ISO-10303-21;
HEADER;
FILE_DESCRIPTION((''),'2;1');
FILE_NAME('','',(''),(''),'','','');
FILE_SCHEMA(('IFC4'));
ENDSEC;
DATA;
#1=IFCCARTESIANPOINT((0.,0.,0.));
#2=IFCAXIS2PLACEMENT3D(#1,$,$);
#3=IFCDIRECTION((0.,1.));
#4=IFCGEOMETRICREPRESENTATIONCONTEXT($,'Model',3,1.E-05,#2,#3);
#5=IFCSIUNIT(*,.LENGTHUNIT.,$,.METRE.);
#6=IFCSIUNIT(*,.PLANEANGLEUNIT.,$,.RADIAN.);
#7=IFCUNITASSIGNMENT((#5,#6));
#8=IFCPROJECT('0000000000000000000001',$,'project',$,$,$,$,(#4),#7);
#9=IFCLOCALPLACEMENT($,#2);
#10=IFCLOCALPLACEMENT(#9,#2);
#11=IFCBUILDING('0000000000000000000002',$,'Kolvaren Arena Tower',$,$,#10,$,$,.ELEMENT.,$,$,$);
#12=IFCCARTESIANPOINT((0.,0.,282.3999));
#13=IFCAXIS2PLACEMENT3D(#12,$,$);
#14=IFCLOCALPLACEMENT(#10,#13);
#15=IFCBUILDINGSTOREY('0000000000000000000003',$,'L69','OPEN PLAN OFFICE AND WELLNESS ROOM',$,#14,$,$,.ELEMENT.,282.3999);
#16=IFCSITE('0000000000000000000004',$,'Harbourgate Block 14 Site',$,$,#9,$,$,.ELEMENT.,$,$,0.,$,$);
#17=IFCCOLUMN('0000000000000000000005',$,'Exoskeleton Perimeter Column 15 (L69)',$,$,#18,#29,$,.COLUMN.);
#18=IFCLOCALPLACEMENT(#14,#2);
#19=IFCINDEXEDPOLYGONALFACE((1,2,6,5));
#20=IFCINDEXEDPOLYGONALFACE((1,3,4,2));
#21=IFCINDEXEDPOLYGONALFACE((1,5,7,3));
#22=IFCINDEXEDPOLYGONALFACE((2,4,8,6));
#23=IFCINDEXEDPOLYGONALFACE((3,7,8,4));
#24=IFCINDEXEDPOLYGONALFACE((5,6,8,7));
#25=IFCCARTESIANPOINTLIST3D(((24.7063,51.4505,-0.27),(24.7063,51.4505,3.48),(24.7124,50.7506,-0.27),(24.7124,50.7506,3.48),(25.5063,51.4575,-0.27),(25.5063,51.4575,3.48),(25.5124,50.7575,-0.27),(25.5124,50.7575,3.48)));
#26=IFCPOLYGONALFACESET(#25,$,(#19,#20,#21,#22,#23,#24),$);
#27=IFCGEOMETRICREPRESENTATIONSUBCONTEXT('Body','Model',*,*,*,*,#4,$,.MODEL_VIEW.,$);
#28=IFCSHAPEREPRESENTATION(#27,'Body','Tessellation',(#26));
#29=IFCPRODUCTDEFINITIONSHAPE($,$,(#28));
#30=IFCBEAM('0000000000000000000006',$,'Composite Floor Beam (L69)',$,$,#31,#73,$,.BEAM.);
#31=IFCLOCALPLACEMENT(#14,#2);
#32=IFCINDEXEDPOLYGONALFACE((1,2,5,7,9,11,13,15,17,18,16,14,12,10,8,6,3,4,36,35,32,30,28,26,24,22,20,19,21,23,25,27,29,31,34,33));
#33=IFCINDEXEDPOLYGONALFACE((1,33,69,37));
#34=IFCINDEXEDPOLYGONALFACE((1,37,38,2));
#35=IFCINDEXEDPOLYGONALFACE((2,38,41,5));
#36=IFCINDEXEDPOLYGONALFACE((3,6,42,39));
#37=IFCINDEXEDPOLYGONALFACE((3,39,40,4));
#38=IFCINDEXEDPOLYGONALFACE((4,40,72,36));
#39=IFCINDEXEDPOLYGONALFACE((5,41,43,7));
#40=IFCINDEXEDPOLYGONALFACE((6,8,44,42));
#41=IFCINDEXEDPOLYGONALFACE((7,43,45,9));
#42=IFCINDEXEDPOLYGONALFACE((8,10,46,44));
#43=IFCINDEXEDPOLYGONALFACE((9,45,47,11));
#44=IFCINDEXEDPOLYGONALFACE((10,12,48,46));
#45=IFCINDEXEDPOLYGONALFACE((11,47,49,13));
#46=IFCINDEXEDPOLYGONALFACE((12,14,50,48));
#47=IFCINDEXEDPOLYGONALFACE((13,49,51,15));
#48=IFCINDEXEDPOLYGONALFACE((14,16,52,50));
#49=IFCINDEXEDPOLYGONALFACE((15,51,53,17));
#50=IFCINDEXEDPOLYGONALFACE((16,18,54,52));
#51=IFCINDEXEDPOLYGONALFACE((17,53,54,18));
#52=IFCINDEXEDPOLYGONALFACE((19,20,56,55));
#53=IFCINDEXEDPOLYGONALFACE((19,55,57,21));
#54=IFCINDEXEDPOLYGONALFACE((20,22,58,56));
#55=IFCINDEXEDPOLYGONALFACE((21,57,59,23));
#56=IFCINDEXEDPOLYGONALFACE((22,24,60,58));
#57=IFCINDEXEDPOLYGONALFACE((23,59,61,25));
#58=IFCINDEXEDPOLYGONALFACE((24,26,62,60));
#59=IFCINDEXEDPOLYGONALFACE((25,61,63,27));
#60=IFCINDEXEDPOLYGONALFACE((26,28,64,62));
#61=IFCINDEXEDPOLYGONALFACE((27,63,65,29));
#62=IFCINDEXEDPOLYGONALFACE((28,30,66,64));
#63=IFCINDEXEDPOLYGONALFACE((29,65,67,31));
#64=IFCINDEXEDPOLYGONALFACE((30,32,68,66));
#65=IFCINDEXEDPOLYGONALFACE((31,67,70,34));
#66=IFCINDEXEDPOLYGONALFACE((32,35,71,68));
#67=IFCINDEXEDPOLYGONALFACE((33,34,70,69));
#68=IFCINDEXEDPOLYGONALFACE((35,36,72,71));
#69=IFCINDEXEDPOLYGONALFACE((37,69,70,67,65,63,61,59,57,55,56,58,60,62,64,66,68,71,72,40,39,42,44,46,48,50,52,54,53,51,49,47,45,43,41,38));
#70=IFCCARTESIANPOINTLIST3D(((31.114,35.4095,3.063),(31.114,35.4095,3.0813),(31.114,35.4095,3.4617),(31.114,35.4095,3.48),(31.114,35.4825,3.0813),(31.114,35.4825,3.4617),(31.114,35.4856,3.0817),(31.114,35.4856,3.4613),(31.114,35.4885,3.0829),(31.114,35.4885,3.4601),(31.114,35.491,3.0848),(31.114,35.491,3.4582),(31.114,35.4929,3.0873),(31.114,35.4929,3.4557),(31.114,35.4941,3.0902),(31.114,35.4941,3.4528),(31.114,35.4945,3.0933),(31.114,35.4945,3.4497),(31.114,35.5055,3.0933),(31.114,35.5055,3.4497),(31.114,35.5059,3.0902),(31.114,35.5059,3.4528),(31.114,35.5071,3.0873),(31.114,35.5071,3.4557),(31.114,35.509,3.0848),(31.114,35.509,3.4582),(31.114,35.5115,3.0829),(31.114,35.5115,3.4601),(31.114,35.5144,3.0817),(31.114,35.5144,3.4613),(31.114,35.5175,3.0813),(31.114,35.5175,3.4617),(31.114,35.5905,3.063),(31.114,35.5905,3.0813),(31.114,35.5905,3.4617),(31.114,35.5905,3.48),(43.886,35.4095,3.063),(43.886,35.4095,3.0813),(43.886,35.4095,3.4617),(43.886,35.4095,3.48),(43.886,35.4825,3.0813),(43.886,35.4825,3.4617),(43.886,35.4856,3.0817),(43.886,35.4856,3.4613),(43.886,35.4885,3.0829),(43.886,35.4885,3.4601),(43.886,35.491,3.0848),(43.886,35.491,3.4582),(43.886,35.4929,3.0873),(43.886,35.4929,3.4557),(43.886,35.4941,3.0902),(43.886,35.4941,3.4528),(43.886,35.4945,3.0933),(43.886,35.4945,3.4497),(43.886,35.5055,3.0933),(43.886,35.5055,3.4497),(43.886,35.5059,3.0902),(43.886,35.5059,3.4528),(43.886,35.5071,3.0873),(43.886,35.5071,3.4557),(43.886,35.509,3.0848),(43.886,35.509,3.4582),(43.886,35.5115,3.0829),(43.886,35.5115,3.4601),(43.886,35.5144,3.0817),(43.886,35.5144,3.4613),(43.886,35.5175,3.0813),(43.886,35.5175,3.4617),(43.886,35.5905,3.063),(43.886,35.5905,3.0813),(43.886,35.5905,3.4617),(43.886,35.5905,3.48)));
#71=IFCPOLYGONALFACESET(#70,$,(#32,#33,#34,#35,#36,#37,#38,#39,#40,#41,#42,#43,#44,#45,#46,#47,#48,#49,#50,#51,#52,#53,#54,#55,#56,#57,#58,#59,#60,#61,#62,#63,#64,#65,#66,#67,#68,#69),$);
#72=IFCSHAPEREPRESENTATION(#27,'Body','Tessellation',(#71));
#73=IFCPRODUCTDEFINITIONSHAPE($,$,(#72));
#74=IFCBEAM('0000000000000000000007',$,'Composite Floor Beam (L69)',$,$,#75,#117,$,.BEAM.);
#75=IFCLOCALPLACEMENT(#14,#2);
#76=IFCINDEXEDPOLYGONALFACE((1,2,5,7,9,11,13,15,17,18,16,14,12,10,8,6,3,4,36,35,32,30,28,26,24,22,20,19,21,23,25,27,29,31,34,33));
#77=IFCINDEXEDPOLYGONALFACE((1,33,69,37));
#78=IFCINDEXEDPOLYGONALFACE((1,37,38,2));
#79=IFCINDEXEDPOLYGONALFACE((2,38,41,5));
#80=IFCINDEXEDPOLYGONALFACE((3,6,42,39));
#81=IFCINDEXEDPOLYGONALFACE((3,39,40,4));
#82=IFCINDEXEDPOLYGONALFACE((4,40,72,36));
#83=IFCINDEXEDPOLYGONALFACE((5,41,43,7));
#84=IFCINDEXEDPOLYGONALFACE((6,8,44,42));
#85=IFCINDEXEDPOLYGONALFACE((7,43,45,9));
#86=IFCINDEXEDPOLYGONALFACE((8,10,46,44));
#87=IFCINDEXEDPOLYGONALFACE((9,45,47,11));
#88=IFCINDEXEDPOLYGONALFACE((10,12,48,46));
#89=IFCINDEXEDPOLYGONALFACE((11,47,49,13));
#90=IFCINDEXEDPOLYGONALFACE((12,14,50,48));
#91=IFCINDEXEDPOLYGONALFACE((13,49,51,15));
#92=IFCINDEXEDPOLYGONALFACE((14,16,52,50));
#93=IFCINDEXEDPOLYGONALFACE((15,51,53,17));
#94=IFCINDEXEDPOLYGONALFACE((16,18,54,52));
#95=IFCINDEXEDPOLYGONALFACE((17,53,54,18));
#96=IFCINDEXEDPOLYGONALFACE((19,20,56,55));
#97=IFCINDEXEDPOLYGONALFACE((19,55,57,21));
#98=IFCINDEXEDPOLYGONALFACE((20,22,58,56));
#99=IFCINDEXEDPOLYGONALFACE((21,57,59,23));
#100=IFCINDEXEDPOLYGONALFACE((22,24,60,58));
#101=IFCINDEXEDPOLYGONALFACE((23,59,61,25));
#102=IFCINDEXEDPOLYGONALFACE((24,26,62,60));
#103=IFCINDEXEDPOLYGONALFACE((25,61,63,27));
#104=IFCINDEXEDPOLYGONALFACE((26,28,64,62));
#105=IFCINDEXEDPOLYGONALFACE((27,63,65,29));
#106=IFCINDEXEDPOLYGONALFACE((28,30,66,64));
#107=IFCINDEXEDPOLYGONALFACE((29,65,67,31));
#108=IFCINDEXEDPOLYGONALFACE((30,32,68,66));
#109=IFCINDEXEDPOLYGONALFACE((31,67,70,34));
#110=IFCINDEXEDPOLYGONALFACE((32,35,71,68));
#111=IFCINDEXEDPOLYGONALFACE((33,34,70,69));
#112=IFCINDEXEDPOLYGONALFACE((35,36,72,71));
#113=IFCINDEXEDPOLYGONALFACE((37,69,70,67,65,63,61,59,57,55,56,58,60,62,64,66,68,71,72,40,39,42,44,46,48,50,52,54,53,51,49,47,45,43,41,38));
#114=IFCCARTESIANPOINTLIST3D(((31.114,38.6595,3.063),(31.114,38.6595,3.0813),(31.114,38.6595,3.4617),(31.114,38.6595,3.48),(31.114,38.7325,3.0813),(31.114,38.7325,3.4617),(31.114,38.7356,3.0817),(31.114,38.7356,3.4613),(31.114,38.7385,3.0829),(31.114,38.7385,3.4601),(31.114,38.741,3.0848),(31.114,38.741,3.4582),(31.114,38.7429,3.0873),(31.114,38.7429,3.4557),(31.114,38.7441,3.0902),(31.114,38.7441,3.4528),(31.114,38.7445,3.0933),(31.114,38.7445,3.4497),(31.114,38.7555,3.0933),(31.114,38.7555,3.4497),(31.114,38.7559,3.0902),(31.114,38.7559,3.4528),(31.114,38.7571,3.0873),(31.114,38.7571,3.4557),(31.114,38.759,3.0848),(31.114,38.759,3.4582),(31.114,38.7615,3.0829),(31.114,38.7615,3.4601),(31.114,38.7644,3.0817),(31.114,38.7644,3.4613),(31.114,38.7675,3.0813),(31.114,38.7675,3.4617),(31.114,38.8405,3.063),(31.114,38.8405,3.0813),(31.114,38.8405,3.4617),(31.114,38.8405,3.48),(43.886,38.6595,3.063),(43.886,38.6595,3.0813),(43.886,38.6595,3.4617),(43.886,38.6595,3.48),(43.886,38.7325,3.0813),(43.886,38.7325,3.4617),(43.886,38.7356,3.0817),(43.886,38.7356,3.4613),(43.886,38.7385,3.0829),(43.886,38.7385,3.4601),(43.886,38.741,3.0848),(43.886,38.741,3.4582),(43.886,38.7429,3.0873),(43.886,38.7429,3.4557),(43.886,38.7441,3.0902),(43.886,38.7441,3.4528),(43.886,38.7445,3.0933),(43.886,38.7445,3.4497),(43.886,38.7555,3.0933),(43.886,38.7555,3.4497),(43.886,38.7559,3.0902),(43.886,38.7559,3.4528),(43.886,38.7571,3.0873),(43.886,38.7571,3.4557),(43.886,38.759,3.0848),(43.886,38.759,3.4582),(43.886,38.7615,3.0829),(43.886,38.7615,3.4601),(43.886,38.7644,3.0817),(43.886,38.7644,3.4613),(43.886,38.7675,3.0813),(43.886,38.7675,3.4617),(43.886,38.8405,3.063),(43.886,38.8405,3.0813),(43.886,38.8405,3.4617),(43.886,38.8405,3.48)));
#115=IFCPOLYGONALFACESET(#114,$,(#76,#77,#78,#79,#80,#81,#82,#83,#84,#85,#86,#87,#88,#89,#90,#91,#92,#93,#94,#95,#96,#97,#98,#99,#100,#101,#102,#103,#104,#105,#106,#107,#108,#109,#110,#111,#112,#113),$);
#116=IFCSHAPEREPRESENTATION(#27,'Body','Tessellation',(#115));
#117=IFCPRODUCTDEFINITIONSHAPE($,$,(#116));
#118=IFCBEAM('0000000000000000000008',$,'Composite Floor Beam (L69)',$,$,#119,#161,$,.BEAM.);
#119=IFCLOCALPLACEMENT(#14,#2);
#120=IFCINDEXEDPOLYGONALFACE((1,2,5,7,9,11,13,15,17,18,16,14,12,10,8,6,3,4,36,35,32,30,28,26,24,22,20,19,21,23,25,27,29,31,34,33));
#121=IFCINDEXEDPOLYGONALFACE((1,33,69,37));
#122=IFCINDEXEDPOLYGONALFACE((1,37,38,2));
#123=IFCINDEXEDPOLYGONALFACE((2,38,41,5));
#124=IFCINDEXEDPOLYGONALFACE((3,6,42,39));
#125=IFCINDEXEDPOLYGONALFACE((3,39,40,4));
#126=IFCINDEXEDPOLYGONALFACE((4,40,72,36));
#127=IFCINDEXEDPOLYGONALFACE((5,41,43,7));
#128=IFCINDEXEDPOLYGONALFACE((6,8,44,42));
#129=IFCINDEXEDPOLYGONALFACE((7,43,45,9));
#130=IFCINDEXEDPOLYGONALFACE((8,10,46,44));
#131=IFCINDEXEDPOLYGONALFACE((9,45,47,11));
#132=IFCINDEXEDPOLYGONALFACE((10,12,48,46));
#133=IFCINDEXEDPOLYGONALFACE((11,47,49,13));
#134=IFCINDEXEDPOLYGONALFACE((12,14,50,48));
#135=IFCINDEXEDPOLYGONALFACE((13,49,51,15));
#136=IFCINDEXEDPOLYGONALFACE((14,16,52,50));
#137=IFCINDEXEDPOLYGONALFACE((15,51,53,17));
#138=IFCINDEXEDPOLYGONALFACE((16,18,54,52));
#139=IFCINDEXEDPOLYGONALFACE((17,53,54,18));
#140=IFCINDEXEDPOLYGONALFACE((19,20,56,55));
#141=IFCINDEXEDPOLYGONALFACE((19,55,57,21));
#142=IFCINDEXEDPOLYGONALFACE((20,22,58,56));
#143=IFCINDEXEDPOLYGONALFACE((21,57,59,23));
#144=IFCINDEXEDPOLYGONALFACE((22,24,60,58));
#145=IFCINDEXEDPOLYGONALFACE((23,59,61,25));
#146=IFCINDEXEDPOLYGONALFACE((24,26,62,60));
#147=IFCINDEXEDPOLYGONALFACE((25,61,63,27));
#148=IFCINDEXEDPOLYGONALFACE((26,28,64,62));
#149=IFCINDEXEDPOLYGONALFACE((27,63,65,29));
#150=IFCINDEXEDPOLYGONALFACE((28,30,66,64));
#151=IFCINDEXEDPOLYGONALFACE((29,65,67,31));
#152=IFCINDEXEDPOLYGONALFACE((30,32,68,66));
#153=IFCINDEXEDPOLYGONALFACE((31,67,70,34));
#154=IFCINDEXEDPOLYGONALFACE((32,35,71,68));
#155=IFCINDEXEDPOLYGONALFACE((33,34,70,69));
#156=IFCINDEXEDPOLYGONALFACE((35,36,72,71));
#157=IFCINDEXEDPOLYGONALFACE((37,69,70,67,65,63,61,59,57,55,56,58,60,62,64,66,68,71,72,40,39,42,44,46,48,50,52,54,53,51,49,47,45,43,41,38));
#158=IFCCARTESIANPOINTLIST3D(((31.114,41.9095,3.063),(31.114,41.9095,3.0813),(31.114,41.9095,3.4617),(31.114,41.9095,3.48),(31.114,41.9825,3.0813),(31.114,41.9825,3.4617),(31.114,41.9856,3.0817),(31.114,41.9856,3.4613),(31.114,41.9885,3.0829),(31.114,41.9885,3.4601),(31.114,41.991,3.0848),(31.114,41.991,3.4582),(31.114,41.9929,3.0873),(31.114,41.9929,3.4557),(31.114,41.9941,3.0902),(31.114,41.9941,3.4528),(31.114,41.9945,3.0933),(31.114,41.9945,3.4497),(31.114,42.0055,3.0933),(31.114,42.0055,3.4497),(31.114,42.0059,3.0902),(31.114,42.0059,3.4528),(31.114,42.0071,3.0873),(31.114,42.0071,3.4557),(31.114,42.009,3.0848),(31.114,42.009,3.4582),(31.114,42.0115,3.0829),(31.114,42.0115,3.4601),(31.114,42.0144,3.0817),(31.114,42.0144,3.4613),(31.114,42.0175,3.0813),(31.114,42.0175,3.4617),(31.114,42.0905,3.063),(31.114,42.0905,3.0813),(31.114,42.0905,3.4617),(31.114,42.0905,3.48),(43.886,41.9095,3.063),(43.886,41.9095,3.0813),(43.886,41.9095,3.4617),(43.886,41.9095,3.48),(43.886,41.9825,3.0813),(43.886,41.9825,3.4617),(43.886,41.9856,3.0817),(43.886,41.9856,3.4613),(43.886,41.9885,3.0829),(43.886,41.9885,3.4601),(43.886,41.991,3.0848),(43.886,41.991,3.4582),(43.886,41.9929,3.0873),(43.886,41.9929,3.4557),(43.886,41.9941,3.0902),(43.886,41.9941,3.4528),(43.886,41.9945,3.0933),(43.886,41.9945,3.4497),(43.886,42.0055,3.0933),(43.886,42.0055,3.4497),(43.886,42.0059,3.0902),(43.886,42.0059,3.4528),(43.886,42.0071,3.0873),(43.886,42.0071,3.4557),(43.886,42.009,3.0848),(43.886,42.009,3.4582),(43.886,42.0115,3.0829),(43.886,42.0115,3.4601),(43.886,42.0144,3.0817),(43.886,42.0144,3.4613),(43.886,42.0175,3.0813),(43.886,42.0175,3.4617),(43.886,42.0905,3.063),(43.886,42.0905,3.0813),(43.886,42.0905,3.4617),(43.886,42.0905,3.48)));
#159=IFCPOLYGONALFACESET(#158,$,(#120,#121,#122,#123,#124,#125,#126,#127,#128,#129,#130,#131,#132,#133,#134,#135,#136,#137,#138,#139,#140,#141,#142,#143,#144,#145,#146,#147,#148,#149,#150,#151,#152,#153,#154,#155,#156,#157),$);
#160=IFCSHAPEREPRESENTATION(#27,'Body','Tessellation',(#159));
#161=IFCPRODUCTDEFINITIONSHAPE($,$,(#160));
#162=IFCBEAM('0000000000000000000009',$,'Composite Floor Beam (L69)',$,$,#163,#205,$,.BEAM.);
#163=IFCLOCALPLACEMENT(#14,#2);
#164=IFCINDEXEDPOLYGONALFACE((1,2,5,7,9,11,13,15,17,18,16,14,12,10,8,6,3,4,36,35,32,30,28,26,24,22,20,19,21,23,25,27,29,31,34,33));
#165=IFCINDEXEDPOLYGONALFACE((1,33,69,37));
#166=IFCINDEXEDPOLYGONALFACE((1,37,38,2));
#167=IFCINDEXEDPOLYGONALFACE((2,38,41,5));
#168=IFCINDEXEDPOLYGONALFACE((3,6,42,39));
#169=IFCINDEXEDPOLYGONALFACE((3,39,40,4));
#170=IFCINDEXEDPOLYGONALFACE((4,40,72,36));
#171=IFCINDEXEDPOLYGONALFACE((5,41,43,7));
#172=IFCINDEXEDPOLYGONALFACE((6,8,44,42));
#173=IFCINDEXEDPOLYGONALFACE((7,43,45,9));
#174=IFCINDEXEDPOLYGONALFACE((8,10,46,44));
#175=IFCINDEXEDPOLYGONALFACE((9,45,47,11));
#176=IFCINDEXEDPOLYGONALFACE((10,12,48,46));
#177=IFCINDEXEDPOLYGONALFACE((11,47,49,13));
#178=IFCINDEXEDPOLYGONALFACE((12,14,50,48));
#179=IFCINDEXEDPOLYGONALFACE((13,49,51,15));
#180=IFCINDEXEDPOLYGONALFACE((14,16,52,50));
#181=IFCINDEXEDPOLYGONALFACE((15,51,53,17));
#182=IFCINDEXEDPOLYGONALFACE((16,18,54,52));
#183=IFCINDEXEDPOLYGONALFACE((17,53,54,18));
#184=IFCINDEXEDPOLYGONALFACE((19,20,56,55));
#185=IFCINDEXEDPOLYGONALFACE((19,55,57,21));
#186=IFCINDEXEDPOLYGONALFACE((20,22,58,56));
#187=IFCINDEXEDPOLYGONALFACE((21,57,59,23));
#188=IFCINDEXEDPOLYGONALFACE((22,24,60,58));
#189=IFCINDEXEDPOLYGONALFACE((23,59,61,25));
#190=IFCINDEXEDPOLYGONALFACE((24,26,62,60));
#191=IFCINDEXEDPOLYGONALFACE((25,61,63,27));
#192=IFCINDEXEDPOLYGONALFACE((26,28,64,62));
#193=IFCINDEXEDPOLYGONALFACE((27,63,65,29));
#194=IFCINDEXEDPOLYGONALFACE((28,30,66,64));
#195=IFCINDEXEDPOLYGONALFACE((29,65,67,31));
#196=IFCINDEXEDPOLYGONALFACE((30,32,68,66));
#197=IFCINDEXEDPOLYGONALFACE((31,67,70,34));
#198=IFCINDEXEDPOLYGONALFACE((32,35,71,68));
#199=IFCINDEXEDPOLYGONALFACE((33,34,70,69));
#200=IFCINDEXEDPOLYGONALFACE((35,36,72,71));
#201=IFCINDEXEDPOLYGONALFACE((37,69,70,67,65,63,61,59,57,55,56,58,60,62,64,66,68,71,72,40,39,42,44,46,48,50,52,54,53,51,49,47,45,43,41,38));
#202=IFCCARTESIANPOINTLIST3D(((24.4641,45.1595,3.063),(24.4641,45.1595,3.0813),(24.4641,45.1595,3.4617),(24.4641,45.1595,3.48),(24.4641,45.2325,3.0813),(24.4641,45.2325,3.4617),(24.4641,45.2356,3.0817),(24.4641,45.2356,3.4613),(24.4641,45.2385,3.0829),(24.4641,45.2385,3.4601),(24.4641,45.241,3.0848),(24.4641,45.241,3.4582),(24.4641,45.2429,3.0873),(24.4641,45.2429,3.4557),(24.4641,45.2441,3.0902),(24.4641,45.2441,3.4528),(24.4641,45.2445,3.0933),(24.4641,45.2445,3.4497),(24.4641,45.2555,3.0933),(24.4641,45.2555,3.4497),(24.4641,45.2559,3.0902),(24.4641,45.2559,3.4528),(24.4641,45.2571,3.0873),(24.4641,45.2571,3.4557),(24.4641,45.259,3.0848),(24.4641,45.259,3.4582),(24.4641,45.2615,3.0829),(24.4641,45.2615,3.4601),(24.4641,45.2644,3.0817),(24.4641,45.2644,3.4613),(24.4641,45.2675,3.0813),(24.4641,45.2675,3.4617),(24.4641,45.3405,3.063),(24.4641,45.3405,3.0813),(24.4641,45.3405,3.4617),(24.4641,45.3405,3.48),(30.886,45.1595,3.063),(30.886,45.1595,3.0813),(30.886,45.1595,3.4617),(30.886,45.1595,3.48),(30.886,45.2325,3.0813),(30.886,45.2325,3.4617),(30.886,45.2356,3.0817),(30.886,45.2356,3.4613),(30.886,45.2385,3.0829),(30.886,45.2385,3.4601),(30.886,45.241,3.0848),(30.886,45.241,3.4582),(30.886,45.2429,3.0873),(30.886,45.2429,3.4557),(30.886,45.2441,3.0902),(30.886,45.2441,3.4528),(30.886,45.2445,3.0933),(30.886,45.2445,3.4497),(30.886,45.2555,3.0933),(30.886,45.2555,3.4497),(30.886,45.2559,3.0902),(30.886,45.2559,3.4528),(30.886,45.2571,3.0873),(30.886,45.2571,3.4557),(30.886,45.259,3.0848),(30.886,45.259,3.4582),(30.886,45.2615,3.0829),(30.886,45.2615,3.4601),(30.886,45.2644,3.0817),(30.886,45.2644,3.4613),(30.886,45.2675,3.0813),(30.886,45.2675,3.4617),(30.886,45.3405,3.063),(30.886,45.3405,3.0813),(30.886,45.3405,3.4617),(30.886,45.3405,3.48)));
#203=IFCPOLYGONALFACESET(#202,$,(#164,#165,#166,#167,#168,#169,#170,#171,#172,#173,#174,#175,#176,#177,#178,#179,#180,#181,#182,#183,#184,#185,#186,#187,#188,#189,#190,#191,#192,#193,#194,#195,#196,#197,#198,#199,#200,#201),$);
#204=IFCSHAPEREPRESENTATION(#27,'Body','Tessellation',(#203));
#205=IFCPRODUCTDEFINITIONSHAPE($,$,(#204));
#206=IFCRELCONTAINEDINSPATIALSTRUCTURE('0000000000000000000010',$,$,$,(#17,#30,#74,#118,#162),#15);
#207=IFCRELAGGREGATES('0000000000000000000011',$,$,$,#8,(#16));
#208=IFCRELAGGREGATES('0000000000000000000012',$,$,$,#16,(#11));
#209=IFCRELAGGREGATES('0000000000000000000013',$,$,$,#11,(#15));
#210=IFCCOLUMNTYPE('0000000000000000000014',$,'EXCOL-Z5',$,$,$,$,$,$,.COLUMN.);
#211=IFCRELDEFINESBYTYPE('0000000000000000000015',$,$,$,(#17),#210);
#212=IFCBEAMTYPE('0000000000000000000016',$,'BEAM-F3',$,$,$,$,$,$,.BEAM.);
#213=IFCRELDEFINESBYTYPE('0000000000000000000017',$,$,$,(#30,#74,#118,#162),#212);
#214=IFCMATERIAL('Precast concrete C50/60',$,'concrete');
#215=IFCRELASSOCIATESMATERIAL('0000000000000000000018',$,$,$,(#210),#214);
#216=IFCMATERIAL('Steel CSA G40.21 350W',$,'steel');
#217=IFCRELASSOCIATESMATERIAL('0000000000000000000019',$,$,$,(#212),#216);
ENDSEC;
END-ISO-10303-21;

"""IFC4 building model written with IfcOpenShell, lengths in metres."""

from ifc_helpers import new_model, si_unit, direction, frame, origin, origin_2d, place, context, subcontext, project, spatial, rectangle, i_section, extrude, material, material_profile, profile_set, type_object, element, save


model = new_model("IFC4")

# Units and contexts
model_context = context("Model", 3, precision=1e-05, world=origin(), true_north=direction((0.0, 1.0)))
body_context = subcontext(model_context, "Body", "Model", "MODEL_VIEW")
ifc_project = project(units=[si_unit("LENGTHUNIT", "METRE"), si_unit("PLANEANGLEUNIT", "RADIAN")], contexts=[model_context])

# Site, building, storey
site_placement = place(None, origin())
site = spatial("IfcSite", under=ifc_project, at=site_placement, Name="Harbourgate Block 14 Site", CompositionType="ELEMENT", RefElevation=0.0)
building_placement = place(site_placement, origin())
building = spatial("IfcBuilding", under=site, at=building_placement, Name="Kolvaren Arena Tower", CompositionType="ELEMENT")
storey_placement = place(building_placement, frame((0.0, 0.0, 282.3999)))
storey = spatial("IfcBuildingStorey", under=building, at=storey_placement, Name="L69", Description="OPEN PLAN OFFICE AND WELLNESS ROOM", CompositionType="ELEMENT", Elevation=282.3999)

# Column
ifc_material_1 = material(Name="Precast concrete C50/60", Category="concrete")
ifc_material_profile_1 = material_profile(ifc_material_1, rectangle(XDim=0.8, YDim=0.7, at=origin_2d()), Name="RC-800x700")
ifc_profile_set_1 = profile_set([ifc_material_profile_1], Name="Precast concrete C50/60")
column_type = type_object("IfcColumnType", Name="EXCOL-Z5", PredefinedType="COLUMN", material=ifc_profile_set_1)
column_placement = place(storey_placement, frame((25.1094, 51.104, -0.27), z_axis=(0.0, 0.0, 1.0), x_axis=(0.999962, 0.008727, 0.0)))
element("IfcColumn", 1, at=column_placement, inside=storey, type_object=column_type, Name="Exoskeleton Perimeter Column 15 (L69)", PredefinedType="COLUMN", context=body_context, shape_type="SweptSolid", body=[
    extrude(rectangle(XDim=0.8, YDim=0.7, at=origin_2d()), origin(), (0.0, 0.0, 1.0), 3.75),
])

# Beams
ifc_material_2 = material(Name="Steel CSA G40.21 350W", Category="steel")
ifc_material_profile_2 = material_profile(ifc_material_2, i_section(OverallWidth=0.1809, OverallDepth=0.417, WebThickness=0.011, FlangeThickness=0.0183, FilletRadius=0.012, at=origin_2d()), Name="W410x85")
ifc_profile_set_2 = profile_set([ifc_material_profile_2], Name="Steel CSA G40.21 350W")
beam_type_1 = type_object("IfcBeamType", Name="BEAM-F3", PredefinedType="BEAM", material=ifc_profile_set_2)
for number, where, z_axis, x_axis, name in (
    (2, (31.114, 35.5, 3.2715), (1.0, 0.0, 0.0), (0.0, 1.0, 0.0), "Composite Floor Beam (L69)"),
    (3, (31.114, 38.75, 3.2715), (1.0, 0.0, 0.0), (0.0, 1.0, 0.0), "Composite Floor Beam (L69)"),
    (4, (31.114, 42.0, 3.2715), (1.0, 0.0, 0.0), (0.0, 1.0, 0.0), "Composite Floor Beam (L69)"),
):
    element("IfcBeam", number, at=place(storey_placement, frame(where, z_axis=z_axis, x_axis=x_axis)), inside=storey, type_object=beam_type_1, Name=name, PredefinedType="BEAM", context=body_context, shape_type="SweptSolid", body=[
        extrude(i_section(OverallWidth=0.1809, OverallDepth=0.417, WebThickness=0.011, FlangeThickness=0.0183, FilletRadius=0.012, at=origin_2d()), origin(), (0.0, 0.0, 1.0), 12.772),
    ])
beam_1_placement = place(storey_placement, frame((24.4641, 45.25, 3.2715), z_axis=(1.0, 0.0, 0.0), x_axis=(0.0, 1.0, 0.0)))
element("IfcBeam", 5, at=beam_1_placement, inside=storey, type_object=beam_type_1, Name="Composite Floor Beam (L69)", PredefinedType="BEAM", context=body_context, shape_type="SweptSolid", body=[
    extrude(i_section(OverallWidth=0.1809, OverallDepth=0.417, WebThickness=0.011, FlangeThickness=0.0183, FilletRadius=0.012, at=origin_2d()), origin(), (0.0, 0.0, 1.0), 6.4219),
])

save(model, "model.ifc")
